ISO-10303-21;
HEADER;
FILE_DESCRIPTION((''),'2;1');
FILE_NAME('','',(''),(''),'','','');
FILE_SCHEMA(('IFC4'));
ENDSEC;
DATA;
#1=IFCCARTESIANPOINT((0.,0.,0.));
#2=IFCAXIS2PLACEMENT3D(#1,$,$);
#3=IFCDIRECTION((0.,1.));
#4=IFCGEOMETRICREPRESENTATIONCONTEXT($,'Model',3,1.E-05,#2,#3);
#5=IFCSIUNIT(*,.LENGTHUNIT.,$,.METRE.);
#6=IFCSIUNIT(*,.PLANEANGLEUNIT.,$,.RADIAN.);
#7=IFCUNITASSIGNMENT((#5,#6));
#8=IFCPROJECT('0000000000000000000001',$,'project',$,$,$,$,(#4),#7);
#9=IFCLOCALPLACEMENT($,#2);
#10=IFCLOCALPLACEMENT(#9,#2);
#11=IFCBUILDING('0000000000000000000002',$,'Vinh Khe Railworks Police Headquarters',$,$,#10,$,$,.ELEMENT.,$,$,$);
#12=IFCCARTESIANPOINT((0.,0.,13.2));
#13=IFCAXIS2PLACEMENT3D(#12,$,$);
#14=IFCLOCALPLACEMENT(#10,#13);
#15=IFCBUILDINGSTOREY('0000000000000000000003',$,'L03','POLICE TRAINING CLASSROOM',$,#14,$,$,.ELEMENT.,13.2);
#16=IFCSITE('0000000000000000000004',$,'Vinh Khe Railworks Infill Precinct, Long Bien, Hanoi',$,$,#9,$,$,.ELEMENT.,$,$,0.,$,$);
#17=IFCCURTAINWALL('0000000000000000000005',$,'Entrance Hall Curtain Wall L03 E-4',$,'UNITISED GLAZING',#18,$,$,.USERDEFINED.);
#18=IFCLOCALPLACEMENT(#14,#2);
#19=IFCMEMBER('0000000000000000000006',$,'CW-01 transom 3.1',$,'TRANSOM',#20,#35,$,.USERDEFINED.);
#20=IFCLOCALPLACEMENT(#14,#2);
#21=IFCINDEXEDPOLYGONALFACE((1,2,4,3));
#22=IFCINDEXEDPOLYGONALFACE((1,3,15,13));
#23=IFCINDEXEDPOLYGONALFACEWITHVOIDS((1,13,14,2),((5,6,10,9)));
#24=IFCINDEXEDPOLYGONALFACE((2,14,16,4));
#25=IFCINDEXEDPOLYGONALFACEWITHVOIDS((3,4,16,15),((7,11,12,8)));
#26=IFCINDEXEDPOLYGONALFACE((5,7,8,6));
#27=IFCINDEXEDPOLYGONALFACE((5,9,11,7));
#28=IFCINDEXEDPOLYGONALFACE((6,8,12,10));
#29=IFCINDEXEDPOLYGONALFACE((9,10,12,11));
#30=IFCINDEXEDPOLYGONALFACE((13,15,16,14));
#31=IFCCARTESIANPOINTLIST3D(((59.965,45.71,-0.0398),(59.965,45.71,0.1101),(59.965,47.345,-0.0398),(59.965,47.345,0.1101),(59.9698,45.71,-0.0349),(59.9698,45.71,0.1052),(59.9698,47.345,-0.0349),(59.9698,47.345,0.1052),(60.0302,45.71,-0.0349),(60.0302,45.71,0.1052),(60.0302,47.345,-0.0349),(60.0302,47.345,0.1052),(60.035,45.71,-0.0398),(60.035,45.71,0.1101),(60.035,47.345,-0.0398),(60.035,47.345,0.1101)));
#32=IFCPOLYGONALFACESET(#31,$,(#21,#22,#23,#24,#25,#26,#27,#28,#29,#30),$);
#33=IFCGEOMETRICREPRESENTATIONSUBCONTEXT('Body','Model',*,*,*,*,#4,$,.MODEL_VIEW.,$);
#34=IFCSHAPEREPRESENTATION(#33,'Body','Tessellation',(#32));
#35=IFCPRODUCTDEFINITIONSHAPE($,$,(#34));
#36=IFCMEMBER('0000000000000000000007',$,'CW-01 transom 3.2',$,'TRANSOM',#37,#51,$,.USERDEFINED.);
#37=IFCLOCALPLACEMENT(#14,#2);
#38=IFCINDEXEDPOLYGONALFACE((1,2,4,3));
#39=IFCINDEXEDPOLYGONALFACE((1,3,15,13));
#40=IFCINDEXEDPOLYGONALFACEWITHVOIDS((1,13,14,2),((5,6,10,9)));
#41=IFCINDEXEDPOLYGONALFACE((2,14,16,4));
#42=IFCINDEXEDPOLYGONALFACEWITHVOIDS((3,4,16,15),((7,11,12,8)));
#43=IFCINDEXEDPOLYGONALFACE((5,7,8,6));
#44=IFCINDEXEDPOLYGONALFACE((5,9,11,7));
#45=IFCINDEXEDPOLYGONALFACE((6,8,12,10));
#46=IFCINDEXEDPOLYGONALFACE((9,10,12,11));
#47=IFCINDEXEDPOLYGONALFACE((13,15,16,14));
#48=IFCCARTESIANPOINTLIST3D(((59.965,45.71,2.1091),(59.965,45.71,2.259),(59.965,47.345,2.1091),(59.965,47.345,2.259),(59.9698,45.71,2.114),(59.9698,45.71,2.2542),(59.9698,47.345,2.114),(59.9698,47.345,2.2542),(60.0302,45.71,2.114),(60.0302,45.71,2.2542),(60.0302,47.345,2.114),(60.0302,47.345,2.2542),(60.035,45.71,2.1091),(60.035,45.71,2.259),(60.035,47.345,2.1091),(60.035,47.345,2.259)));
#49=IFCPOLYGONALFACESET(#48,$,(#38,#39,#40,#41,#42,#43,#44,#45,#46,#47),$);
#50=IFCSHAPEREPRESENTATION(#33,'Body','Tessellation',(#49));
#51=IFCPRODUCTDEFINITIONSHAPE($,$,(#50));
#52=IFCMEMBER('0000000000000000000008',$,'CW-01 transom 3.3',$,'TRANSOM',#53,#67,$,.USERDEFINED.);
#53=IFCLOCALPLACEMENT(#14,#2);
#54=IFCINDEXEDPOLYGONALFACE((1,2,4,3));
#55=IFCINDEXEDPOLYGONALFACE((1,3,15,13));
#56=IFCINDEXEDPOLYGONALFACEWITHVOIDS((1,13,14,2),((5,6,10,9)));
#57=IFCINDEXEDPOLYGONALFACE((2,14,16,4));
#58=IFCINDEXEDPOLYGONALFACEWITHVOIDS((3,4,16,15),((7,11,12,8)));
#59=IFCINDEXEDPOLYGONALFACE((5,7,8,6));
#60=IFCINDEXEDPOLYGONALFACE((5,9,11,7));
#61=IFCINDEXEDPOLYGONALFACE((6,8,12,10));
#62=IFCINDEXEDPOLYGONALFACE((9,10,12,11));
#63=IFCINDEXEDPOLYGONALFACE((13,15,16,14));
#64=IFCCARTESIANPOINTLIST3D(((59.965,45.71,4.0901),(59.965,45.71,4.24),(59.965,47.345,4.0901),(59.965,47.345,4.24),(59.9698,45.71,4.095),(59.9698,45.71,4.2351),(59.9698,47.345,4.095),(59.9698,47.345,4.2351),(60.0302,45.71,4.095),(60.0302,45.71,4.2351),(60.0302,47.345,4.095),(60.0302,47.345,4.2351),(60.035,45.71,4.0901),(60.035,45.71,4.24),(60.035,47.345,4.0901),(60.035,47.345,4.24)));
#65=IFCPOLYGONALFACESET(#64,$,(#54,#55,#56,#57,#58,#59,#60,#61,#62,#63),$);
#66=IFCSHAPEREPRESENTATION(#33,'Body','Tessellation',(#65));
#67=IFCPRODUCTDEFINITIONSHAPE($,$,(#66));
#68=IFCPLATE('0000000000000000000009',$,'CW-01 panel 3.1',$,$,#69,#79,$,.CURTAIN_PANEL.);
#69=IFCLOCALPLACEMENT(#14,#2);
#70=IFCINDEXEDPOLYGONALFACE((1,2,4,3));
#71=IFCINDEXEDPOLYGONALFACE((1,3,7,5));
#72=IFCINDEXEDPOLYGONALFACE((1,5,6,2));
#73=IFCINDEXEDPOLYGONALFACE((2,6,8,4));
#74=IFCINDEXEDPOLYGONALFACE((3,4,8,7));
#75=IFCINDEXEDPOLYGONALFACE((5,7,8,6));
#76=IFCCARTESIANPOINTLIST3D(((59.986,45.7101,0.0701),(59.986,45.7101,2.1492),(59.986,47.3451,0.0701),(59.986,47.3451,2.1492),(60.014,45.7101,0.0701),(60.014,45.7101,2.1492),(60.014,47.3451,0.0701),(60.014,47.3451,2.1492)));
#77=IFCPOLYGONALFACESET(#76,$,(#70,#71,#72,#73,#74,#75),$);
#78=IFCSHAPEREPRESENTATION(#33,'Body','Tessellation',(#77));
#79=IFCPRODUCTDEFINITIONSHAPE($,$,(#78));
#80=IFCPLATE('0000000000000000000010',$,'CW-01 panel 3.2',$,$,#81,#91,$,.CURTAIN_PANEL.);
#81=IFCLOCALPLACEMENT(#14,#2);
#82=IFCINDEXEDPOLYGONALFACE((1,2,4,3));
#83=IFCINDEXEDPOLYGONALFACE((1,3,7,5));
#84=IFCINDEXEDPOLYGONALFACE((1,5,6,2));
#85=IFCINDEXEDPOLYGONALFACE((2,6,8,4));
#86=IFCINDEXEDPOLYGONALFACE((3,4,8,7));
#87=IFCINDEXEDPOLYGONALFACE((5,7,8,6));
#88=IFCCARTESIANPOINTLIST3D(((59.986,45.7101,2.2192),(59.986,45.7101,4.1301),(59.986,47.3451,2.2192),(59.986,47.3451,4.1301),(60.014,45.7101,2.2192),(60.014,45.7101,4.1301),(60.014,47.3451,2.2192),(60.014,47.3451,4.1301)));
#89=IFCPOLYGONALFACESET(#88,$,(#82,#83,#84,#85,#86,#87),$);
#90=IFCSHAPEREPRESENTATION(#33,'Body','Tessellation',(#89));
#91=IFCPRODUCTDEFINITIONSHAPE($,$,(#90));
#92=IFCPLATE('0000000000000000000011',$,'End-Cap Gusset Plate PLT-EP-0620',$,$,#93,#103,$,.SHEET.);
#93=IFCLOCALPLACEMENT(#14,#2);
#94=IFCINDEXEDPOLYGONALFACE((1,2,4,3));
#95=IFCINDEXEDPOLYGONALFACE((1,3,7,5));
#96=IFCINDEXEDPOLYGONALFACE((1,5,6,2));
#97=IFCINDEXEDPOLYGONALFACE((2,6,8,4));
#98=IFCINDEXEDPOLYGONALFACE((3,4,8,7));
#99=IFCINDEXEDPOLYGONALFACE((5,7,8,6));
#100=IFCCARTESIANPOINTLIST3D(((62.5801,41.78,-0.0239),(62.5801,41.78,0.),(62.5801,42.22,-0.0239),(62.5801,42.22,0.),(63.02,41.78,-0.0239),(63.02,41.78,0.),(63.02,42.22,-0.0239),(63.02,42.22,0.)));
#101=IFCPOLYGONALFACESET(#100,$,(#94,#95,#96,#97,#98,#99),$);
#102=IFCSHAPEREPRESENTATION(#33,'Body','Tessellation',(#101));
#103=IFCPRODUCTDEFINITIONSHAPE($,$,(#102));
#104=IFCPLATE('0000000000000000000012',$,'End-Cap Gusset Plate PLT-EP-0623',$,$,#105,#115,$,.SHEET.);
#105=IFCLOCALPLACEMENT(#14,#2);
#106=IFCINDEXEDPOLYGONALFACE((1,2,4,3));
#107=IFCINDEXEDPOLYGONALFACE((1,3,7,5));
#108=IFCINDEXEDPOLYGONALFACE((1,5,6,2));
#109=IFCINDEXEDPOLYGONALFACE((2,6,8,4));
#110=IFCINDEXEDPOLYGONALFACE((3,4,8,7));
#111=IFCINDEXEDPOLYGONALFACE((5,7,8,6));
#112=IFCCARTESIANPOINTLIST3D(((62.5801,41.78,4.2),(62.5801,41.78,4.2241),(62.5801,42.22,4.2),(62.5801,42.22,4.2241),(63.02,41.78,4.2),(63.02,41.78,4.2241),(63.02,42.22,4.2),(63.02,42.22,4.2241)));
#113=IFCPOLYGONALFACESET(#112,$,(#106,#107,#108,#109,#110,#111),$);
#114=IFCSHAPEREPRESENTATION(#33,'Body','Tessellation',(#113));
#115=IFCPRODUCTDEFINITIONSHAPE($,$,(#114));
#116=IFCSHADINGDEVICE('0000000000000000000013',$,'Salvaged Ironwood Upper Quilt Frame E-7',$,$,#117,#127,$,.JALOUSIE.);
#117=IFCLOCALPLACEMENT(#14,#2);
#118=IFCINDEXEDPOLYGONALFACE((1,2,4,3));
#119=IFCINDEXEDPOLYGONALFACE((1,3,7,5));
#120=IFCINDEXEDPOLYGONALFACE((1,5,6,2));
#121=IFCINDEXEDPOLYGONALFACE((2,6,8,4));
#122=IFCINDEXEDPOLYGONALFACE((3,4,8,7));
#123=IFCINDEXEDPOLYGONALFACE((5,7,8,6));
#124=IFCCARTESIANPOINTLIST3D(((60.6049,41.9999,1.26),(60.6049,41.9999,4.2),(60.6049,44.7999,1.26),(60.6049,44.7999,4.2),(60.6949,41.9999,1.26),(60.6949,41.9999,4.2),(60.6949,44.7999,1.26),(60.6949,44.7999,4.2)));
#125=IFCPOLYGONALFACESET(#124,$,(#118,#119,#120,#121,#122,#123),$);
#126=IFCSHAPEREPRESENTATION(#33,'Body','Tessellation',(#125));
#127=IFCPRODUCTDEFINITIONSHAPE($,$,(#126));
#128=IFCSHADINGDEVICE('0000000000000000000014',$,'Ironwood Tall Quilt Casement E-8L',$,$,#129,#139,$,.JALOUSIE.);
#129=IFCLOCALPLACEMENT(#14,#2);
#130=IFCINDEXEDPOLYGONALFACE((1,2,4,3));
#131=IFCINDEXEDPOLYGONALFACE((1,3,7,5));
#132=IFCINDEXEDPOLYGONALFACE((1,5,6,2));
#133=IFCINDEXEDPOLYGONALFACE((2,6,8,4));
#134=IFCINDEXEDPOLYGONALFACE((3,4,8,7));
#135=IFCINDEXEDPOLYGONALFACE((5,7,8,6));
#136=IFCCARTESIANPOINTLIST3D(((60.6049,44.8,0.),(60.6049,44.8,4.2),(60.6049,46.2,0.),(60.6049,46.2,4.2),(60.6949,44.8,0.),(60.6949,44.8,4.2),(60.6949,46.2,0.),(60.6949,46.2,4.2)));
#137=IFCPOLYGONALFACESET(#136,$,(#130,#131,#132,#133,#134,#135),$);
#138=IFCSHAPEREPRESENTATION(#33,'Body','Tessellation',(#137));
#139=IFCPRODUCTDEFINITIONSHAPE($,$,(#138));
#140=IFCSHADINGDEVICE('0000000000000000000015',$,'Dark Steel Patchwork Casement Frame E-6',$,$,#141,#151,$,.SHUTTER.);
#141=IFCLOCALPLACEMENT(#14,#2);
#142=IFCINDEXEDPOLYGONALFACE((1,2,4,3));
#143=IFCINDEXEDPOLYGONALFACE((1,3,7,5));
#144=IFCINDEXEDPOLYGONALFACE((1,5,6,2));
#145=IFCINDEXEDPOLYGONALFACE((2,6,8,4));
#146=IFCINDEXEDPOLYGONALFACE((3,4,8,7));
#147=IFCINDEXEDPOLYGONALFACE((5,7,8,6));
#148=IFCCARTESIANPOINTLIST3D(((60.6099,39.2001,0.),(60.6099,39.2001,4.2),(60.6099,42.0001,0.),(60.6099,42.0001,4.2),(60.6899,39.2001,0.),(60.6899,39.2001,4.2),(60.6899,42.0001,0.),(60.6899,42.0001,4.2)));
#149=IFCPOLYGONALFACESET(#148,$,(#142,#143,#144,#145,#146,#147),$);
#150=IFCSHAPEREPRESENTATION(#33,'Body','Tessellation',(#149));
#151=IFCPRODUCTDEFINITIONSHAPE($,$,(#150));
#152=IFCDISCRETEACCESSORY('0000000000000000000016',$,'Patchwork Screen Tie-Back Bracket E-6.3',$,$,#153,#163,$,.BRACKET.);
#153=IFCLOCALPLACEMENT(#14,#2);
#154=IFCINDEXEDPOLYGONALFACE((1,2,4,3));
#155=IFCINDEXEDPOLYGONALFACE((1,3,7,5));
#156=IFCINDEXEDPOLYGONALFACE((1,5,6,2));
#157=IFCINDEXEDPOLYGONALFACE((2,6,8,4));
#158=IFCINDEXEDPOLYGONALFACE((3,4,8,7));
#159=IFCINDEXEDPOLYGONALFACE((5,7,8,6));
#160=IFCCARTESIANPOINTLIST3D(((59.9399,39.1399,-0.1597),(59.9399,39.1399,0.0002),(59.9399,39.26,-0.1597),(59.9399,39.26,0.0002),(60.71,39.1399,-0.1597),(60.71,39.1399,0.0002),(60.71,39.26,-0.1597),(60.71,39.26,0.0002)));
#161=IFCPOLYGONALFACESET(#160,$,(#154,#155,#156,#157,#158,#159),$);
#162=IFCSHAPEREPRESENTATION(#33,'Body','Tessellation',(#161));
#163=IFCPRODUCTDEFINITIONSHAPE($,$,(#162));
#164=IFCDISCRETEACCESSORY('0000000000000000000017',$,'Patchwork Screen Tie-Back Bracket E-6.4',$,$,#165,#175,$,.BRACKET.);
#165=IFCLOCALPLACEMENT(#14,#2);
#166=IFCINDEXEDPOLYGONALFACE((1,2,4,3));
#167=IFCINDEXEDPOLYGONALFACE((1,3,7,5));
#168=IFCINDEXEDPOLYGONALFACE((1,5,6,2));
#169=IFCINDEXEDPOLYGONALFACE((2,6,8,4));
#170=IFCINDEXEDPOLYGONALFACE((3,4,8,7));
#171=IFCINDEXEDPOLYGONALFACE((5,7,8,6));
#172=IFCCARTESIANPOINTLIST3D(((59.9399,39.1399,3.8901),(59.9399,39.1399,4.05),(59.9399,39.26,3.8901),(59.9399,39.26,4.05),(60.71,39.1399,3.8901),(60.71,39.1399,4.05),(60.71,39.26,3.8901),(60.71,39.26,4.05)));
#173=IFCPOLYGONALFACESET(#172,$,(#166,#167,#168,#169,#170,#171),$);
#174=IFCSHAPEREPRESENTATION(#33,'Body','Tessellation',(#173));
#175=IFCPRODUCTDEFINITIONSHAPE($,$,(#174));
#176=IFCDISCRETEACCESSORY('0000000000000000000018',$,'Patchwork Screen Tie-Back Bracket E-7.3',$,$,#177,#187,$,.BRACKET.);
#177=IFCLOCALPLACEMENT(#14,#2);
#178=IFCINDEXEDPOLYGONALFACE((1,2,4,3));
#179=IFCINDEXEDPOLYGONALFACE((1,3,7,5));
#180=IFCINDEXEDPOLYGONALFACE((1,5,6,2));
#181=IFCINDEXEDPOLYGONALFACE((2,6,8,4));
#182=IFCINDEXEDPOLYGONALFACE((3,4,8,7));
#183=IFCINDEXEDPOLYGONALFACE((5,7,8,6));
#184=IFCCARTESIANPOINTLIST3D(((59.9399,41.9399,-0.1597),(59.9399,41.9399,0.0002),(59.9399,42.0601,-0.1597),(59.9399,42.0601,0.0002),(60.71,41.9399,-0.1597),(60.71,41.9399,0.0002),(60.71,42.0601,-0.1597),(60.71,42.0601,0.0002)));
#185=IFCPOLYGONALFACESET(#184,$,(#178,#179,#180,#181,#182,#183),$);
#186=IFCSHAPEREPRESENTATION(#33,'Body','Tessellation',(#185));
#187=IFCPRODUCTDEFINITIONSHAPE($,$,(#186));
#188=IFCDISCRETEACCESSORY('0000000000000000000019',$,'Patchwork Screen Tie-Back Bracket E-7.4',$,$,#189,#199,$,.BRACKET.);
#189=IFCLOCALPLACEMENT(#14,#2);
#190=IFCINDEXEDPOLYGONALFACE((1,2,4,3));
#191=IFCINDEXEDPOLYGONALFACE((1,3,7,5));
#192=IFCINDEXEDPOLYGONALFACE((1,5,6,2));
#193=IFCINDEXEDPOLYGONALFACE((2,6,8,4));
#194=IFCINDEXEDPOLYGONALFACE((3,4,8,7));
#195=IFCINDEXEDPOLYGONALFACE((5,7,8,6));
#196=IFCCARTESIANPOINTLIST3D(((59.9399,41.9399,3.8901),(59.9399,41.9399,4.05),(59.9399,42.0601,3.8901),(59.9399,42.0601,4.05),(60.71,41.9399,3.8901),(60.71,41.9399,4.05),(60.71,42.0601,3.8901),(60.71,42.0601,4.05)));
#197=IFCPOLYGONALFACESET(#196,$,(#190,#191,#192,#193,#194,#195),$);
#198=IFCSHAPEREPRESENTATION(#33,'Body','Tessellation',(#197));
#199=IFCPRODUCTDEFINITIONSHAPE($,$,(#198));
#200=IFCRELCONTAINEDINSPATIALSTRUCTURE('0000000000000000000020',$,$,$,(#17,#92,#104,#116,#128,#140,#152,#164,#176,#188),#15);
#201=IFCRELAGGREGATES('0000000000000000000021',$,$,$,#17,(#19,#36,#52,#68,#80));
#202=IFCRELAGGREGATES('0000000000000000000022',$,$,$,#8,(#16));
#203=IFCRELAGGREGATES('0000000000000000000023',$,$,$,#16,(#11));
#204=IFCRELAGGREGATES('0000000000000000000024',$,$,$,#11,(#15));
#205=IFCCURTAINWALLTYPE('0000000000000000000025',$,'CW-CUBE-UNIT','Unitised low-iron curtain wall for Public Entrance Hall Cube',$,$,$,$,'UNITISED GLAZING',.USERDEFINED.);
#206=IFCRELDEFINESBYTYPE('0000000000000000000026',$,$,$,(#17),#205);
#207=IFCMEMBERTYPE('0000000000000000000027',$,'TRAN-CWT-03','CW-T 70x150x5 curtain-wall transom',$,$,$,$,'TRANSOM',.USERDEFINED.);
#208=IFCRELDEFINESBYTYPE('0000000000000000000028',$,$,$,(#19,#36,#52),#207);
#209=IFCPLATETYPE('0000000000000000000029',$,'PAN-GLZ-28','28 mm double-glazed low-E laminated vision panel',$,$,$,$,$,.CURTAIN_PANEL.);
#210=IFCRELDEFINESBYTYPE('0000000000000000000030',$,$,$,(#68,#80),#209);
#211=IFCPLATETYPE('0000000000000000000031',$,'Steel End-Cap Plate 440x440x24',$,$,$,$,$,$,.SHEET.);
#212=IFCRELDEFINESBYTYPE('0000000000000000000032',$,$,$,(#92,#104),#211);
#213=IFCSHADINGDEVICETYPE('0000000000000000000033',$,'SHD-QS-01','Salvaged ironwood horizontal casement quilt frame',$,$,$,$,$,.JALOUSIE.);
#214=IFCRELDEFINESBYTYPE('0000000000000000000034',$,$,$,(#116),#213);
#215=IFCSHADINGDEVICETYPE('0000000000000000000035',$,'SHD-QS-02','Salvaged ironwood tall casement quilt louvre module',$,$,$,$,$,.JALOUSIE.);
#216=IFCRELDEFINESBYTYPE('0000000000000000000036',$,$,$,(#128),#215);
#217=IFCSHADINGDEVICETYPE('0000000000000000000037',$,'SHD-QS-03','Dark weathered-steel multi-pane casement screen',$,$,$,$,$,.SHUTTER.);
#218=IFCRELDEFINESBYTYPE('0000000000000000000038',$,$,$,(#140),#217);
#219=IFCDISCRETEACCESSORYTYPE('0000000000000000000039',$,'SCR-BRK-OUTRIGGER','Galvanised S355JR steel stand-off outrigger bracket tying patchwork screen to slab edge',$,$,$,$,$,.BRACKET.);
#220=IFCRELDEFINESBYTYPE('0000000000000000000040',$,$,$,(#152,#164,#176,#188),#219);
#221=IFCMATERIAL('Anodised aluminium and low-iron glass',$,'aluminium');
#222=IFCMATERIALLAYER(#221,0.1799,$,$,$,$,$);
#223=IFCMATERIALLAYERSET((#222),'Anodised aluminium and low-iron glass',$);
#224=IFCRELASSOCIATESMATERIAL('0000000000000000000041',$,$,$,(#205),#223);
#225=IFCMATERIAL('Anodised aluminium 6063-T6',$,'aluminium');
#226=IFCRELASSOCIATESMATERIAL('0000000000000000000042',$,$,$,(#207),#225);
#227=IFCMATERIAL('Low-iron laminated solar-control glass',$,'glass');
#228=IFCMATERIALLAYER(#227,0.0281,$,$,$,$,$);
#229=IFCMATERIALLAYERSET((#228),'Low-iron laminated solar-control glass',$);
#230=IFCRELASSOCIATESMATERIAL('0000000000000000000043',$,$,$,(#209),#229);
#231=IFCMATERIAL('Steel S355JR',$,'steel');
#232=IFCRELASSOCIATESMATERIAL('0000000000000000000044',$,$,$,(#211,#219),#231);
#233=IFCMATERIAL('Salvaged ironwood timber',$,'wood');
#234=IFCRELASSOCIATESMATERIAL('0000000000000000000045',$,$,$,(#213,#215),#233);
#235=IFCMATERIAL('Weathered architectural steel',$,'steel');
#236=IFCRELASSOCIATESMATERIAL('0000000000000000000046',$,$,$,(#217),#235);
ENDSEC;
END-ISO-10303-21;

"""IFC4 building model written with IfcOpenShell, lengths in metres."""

from ifc_helpers import new_model, si_unit, direction, frame, origin, origin_2d, place, context, subcontext, project, spatial, rectangle, hollow_rectangle, extrude, material, layer, layer_set, material_profile, profile_set, type_object, element, aggregate, save


model = new_model("IFC4")

# Units and contexts
model_context = context("Model", 3, precision=1e-05, world=origin(), true_north=direction((0.0, 1.0)))
body_context = subcontext(model_context, "Body", "Model", "MODEL_VIEW")
ifc_project = project(units=[si_unit("LENGTHUNIT", "METRE"), si_unit("PLANEANGLEUNIT", "RADIAN")], contexts=[model_context])

# Site, building, storey
site_placement = place(None, origin())
site = spatial("IfcSite", under=ifc_project, at=site_placement, Name="Vinh Khe Railworks Infill Precinct, Long Bien, Hanoi", CompositionType="ELEMENT", RefElevation=0.0)
building_placement = place(site_placement, origin())
building = spatial("IfcBuilding", under=site, at=building_placement, Name="Vinh Khe Railworks Police Headquarters", CompositionType="ELEMENT")
storey_placement = place(building_placement, frame((0.0, 0.0, 13.2)))
storey = spatial("IfcBuildingStorey", under=building, at=storey_placement, Name="L03", Description="POLICE TRAINING CLASSROOM", CompositionType="ELEMENT", Elevation=13.2)

# Shared definitions
ifc_material_1 = material(Name="Steel S355JR", Category="steel")

# Shared definitions
ifc_material_2 = material(Name="Salvaged ironwood timber", Category="wood")

# Curtain wall, members, plates
ifc_material_3 = material(Name="Anodised aluminium and low-iron glass", Category="aluminium")
ifc_layer_1 = layer(ifc_material_3, 0.1799)
ifc_layer_set_1 = layer_set([ifc_layer_1], Name="Anodised aluminium and low-iron glass")
curtain_wall_type = type_object("IfcCurtainWallType", Name="CW-CUBE-UNIT", Description="Unitised low-iron curtain wall for Public Entrance Hall Cube", ElementType="UNITISED GLAZING", PredefinedType="USERDEFINED", material=ifc_layer_set_1)
curtain_wall_placement = place(storey_placement, origin())
curtain_wall = element("IfcCurtainWall", 1, at=curtain_wall_placement, inside=storey, type_object=curtain_wall_type, Name="Entrance Hall Curtain Wall L03 E-4", ObjectType="UNITISED GLAZING", PredefinedType="USERDEFINED")
ifc_material_4 = material(Name="Anodised aluminium 6063-T6", Category="aluminium")
ifc_material_profile_1 = material_profile(ifc_material_4, hollow_rectangle(XDim=0.0701, YDim=0.1499, WallThickness=0.0049, at=origin_2d()), Name="CW-T 70x150x5")
ifc_profile_set_1 = profile_set([ifc_material_profile_1], Name="Anodised aluminium 6063-T6")
member_type_1 = type_object("IfcMemberType", Name="TRAN-CWT-03", Description="CW-T 70x150x5 curtain-wall transom", ElementType="TRANSOM", PredefinedType="USERDEFINED", material=ifc_profile_set_1)
member_1_placement = place(storey_placement, frame((60.0, 45.71, 0.0352), z_axis=(0.0, 1.0, 0.0), x_axis=(-1.0, 0.0, 0.0)))
member_1 = element("IfcMember", 2, at=member_1_placement, type_object=member_type_1, Name="CW-01 transom 3.1", ObjectType="TRANSOM", PredefinedType="USERDEFINED", context=body_context, shape_type="SweptSolid", body=[
    extrude(hollow_rectangle(XDim=0.0701, YDim=0.1499, WallThickness=0.0049, at=origin_2d()), origin(), (0.0, 0.0, 1.0), 1.635),
])
member_2_placement = place(storey_placement, frame((60.0, 45.71, 2.1841), z_axis=(0.0, 1.0, 0.0), x_axis=(-1.0, 0.0, 0.0)))
member_2 = element("IfcMember", 3, at=member_2_placement, type_object=member_type_1, Name="CW-01 transom 3.2", ObjectType="TRANSOM", PredefinedType="USERDEFINED", context=body_context, shape_type="SweptSolid", body=[
    extrude(hollow_rectangle(XDim=0.0701, YDim=0.1499, WallThickness=0.0049, at=origin_2d()), origin(), (0.0, 0.0, 1.0), 1.635),
])
member_3_placement = place(storey_placement, frame((60.0, 45.71, 4.165), z_axis=(0.0, 1.0, 0.0), x_axis=(-1.0, 0.0, 0.0)))
member_3 = element("IfcMember", 4, at=member_3_placement, type_object=member_type_1, Name="CW-01 transom 3.3", ObjectType="TRANSOM", PredefinedType="USERDEFINED", context=body_context, shape_type="SweptSolid", body=[
    extrude(hollow_rectangle(XDim=0.0701, YDim=0.1499, WallThickness=0.0049, at=origin_2d()), origin(), (0.0, 0.0, 1.0), 1.635),
])
ifc_material_5 = material(Name="Low-iron laminated solar-control glass", Category="glass")
ifc_layer_2 = layer(ifc_material_5, 0.0281)
ifc_layer_set_2 = layer_set([ifc_layer_2], Name="Low-iron laminated solar-control glass")
plate_type_1 = type_object("IfcPlateType", Name="PAN-GLZ-28", Description="28 mm double-glazed low-E laminated vision panel", PredefinedType="CURTAIN_PANEL", material=ifc_layer_set_2)
plate_1_placement = place(storey_placement, frame((60.0, 46.5276, 0.0701), z_axis=(0.0, 0.0, 1.0), x_axis=(0.0, 1.0, 0.0)))
plate_1 = element("IfcPlate", 5, at=plate_1_placement, type_object=plate_type_1, Name="CW-01 panel 3.1", PredefinedType="CURTAIN_PANEL", context=body_context, shape_type="SweptSolid", body=[
    extrude(rectangle(XDim=1.635, YDim=0.0281, at=origin_2d()), origin(), (0.0, 0.0, 1.0), 2.0791),
])
plate_2_placement = place(storey_placement, frame((60.0, 46.5276, 2.2192), z_axis=(0.0, 0.0, 1.0), x_axis=(0.0, 1.0, 0.0)))
plate_2 = element("IfcPlate", 6, at=plate_2_placement, type_object=plate_type_1, Name="CW-01 panel 3.2", PredefinedType="CURTAIN_PANEL", context=body_context, shape_type="SweptSolid", body=[
    extrude(rectangle(XDim=1.635, YDim=0.0281, at=origin_2d()), origin(), (0.0, 0.0, 1.0), 1.9109),
])
aggregate(curtain_wall, [member_1, member_2, member_3, plate_1, plate_2])

# Plates
ifc_material_profile_2 = material_profile(ifc_material_1, rectangle(XDim=0.4399, YDim=0.4399, at=origin_2d()), Name="PL 440x440")
ifc_profile_set_2 = profile_set([ifc_material_profile_2], Name="Steel S355JR")
plate_type_2 = type_object("IfcPlateType", Name="Steel End-Cap Plate 440x440x24", PredefinedType="SHEET", material=ifc_profile_set_2)
plate_3_placement = place(storey_placement, frame((62.8, 42.0, 0.0), z_axis=(0.0, 0.0, -1.0), x_axis=(1.0, 0.0, 0.0)))
element("IfcPlate", 7, at=plate_3_placement, inside=storey, type_object=plate_type_2, Name="End-Cap Gusset Plate PLT-EP-0620", PredefinedType="SHEET", context=body_context, shape_type="SweptSolid", body=[
    extrude(rectangle(XDim=0.4399, YDim=0.4399, at=origin_2d()), origin(), (0.0, 0.0, 1.0), 0.0239),
])
plate_4_placement = place(storey_placement, frame((62.8, 42.0, 4.2), z_axis=(0.0, 0.0, 1.0), x_axis=(1.0, 0.0, 0.0)))
element("IfcPlate", 8, at=plate_4_placement, inside=storey, type_object=plate_type_2, Name="End-Cap Gusset Plate PLT-EP-0623", PredefinedType="SHEET", context=body_context, shape_type="SweptSolid", body=[
    extrude(rectangle(XDim=0.4399, YDim=0.4399, at=origin_2d()), origin(), (0.0, 0.0, 1.0), 0.0242),
])

# Shading devices
shading_device_type_1 = type_object("IfcShadingDeviceType", Name="SHD-QS-01", Description="Salvaged ironwood horizontal casement quilt frame", PredefinedType="JALOUSIE", material=ifc_material_2)
shading_device_1_placement = place(storey_placement, frame((60.6499, 43.3999, 1.26), z_axis=(0.0, 0.0, 1.0), x_axis=(0.0, 1.0, 0.0)))
element("IfcShadingDevice", 9, at=shading_device_1_placement, inside=storey, type_object=shading_device_type_1, Name="Salvaged Ironwood Upper Quilt Frame E-7", PredefinedType="JALOUSIE", context=body_context, shape_type="SweptSolid", body=[
    extrude(rectangle(XDim=2.8, YDim=0.0901, at=origin_2d()), origin(), (0.0, 0.0, 1.0), 2.9399),
])
shading_device_type_2 = type_object("IfcShadingDeviceType", Name="SHD-QS-02", Description="Salvaged ironwood tall casement quilt louvre module", PredefinedType="JALOUSIE", material=ifc_material_2)
shading_device_2_placement = place(storey_placement, frame((60.6499, 45.5, 0.0), z_axis=(0.0, 0.0, 1.0), x_axis=(0.0, 1.0, 0.0)))
element("IfcShadingDevice", 10, at=shading_device_2_placement, inside=storey, type_object=shading_device_type_2, Name="Ironwood Tall Quilt Casement E-8L", PredefinedType="JALOUSIE", context=body_context, shape_type="SweptSolid", body=[
    extrude(rectangle(XDim=1.3999, YDim=0.0901, at=origin_2d()), origin(), (0.0, 0.0, 1.0), 4.2),
])
ifc_material_6 = material(Name="Weathered architectural steel", Category="steel")
shading_device_type_3 = type_object("IfcShadingDeviceType", Name="SHD-QS-03", Description="Dark weathered-steel multi-pane casement screen", PredefinedType="SHUTTER", material=ifc_material_6)
shading_device_3_placement = place(storey_placement, frame((60.6499, 40.6001, 0.0), z_axis=(0.0, 0.0, 1.0), x_axis=(0.0, 1.0, 0.0)))
element("IfcShadingDevice", 11, at=shading_device_3_placement, inside=storey, type_object=shading_device_type_3, Name="Dark Steel Patchwork Casement Frame E-6", PredefinedType="SHUTTER", context=body_context, shape_type="SweptSolid", body=[
    extrude(rectangle(XDim=2.8, YDim=0.0801, at=origin_2d()), origin(), (0.0, 0.0, 1.0), 4.2),
])

# Discrete accessories
discrete_accessory_type_1 = type_object("IfcDiscreteAccessoryType", Name="SCR-BRK-OUTRIGGER", Description="Galvanised S355JR steel stand-off outrigger bracket tying patchwork screen to slab edge", PredefinedType="BRACKET", material=ifc_material_1)
for number, where, z_axis, x_axis, name in (
    (12, (60.325, 39.2, -0.1597), (0.0, 0.0, 1.0), (1.0, 0.0, 0.0), "Patchwork Screen Tie-Back Bracket E-6.3"),
    (13, (60.325, 39.2, 3.8901), (0.0, 0.0, 1.0), (1.0, 0.0, 0.0), "Patchwork Screen Tie-Back Bracket E-6.4"),
    (14, (60.325, 42.0, -0.1597), (0.0, 0.0, 1.0), (1.0, 0.0, 0.0), "Patchwork Screen Tie-Back Bracket E-7.3"),
    (15, (60.325, 42.0, 3.8901), (0.0, 0.0, 1.0), (1.0, 0.0, 0.0), "Patchwork Screen Tie-Back Bracket E-7.4"),
):
    element("IfcDiscreteAccessory", number, at=place(storey_placement, frame(where, z_axis=z_axis, x_axis=x_axis)), inside=storey, type_object=discrete_accessory_type_1, Name=name, PredefinedType="BRACKET", context=body_context, shape_type="SweptSolid", body=[
        extrude(rectangle(XDim=0.77, YDim=0.1201, at=origin_2d()), origin(), (0.0, 0.0, 1.0), 0.1599),
    ])

save(model, "model.ifc")
